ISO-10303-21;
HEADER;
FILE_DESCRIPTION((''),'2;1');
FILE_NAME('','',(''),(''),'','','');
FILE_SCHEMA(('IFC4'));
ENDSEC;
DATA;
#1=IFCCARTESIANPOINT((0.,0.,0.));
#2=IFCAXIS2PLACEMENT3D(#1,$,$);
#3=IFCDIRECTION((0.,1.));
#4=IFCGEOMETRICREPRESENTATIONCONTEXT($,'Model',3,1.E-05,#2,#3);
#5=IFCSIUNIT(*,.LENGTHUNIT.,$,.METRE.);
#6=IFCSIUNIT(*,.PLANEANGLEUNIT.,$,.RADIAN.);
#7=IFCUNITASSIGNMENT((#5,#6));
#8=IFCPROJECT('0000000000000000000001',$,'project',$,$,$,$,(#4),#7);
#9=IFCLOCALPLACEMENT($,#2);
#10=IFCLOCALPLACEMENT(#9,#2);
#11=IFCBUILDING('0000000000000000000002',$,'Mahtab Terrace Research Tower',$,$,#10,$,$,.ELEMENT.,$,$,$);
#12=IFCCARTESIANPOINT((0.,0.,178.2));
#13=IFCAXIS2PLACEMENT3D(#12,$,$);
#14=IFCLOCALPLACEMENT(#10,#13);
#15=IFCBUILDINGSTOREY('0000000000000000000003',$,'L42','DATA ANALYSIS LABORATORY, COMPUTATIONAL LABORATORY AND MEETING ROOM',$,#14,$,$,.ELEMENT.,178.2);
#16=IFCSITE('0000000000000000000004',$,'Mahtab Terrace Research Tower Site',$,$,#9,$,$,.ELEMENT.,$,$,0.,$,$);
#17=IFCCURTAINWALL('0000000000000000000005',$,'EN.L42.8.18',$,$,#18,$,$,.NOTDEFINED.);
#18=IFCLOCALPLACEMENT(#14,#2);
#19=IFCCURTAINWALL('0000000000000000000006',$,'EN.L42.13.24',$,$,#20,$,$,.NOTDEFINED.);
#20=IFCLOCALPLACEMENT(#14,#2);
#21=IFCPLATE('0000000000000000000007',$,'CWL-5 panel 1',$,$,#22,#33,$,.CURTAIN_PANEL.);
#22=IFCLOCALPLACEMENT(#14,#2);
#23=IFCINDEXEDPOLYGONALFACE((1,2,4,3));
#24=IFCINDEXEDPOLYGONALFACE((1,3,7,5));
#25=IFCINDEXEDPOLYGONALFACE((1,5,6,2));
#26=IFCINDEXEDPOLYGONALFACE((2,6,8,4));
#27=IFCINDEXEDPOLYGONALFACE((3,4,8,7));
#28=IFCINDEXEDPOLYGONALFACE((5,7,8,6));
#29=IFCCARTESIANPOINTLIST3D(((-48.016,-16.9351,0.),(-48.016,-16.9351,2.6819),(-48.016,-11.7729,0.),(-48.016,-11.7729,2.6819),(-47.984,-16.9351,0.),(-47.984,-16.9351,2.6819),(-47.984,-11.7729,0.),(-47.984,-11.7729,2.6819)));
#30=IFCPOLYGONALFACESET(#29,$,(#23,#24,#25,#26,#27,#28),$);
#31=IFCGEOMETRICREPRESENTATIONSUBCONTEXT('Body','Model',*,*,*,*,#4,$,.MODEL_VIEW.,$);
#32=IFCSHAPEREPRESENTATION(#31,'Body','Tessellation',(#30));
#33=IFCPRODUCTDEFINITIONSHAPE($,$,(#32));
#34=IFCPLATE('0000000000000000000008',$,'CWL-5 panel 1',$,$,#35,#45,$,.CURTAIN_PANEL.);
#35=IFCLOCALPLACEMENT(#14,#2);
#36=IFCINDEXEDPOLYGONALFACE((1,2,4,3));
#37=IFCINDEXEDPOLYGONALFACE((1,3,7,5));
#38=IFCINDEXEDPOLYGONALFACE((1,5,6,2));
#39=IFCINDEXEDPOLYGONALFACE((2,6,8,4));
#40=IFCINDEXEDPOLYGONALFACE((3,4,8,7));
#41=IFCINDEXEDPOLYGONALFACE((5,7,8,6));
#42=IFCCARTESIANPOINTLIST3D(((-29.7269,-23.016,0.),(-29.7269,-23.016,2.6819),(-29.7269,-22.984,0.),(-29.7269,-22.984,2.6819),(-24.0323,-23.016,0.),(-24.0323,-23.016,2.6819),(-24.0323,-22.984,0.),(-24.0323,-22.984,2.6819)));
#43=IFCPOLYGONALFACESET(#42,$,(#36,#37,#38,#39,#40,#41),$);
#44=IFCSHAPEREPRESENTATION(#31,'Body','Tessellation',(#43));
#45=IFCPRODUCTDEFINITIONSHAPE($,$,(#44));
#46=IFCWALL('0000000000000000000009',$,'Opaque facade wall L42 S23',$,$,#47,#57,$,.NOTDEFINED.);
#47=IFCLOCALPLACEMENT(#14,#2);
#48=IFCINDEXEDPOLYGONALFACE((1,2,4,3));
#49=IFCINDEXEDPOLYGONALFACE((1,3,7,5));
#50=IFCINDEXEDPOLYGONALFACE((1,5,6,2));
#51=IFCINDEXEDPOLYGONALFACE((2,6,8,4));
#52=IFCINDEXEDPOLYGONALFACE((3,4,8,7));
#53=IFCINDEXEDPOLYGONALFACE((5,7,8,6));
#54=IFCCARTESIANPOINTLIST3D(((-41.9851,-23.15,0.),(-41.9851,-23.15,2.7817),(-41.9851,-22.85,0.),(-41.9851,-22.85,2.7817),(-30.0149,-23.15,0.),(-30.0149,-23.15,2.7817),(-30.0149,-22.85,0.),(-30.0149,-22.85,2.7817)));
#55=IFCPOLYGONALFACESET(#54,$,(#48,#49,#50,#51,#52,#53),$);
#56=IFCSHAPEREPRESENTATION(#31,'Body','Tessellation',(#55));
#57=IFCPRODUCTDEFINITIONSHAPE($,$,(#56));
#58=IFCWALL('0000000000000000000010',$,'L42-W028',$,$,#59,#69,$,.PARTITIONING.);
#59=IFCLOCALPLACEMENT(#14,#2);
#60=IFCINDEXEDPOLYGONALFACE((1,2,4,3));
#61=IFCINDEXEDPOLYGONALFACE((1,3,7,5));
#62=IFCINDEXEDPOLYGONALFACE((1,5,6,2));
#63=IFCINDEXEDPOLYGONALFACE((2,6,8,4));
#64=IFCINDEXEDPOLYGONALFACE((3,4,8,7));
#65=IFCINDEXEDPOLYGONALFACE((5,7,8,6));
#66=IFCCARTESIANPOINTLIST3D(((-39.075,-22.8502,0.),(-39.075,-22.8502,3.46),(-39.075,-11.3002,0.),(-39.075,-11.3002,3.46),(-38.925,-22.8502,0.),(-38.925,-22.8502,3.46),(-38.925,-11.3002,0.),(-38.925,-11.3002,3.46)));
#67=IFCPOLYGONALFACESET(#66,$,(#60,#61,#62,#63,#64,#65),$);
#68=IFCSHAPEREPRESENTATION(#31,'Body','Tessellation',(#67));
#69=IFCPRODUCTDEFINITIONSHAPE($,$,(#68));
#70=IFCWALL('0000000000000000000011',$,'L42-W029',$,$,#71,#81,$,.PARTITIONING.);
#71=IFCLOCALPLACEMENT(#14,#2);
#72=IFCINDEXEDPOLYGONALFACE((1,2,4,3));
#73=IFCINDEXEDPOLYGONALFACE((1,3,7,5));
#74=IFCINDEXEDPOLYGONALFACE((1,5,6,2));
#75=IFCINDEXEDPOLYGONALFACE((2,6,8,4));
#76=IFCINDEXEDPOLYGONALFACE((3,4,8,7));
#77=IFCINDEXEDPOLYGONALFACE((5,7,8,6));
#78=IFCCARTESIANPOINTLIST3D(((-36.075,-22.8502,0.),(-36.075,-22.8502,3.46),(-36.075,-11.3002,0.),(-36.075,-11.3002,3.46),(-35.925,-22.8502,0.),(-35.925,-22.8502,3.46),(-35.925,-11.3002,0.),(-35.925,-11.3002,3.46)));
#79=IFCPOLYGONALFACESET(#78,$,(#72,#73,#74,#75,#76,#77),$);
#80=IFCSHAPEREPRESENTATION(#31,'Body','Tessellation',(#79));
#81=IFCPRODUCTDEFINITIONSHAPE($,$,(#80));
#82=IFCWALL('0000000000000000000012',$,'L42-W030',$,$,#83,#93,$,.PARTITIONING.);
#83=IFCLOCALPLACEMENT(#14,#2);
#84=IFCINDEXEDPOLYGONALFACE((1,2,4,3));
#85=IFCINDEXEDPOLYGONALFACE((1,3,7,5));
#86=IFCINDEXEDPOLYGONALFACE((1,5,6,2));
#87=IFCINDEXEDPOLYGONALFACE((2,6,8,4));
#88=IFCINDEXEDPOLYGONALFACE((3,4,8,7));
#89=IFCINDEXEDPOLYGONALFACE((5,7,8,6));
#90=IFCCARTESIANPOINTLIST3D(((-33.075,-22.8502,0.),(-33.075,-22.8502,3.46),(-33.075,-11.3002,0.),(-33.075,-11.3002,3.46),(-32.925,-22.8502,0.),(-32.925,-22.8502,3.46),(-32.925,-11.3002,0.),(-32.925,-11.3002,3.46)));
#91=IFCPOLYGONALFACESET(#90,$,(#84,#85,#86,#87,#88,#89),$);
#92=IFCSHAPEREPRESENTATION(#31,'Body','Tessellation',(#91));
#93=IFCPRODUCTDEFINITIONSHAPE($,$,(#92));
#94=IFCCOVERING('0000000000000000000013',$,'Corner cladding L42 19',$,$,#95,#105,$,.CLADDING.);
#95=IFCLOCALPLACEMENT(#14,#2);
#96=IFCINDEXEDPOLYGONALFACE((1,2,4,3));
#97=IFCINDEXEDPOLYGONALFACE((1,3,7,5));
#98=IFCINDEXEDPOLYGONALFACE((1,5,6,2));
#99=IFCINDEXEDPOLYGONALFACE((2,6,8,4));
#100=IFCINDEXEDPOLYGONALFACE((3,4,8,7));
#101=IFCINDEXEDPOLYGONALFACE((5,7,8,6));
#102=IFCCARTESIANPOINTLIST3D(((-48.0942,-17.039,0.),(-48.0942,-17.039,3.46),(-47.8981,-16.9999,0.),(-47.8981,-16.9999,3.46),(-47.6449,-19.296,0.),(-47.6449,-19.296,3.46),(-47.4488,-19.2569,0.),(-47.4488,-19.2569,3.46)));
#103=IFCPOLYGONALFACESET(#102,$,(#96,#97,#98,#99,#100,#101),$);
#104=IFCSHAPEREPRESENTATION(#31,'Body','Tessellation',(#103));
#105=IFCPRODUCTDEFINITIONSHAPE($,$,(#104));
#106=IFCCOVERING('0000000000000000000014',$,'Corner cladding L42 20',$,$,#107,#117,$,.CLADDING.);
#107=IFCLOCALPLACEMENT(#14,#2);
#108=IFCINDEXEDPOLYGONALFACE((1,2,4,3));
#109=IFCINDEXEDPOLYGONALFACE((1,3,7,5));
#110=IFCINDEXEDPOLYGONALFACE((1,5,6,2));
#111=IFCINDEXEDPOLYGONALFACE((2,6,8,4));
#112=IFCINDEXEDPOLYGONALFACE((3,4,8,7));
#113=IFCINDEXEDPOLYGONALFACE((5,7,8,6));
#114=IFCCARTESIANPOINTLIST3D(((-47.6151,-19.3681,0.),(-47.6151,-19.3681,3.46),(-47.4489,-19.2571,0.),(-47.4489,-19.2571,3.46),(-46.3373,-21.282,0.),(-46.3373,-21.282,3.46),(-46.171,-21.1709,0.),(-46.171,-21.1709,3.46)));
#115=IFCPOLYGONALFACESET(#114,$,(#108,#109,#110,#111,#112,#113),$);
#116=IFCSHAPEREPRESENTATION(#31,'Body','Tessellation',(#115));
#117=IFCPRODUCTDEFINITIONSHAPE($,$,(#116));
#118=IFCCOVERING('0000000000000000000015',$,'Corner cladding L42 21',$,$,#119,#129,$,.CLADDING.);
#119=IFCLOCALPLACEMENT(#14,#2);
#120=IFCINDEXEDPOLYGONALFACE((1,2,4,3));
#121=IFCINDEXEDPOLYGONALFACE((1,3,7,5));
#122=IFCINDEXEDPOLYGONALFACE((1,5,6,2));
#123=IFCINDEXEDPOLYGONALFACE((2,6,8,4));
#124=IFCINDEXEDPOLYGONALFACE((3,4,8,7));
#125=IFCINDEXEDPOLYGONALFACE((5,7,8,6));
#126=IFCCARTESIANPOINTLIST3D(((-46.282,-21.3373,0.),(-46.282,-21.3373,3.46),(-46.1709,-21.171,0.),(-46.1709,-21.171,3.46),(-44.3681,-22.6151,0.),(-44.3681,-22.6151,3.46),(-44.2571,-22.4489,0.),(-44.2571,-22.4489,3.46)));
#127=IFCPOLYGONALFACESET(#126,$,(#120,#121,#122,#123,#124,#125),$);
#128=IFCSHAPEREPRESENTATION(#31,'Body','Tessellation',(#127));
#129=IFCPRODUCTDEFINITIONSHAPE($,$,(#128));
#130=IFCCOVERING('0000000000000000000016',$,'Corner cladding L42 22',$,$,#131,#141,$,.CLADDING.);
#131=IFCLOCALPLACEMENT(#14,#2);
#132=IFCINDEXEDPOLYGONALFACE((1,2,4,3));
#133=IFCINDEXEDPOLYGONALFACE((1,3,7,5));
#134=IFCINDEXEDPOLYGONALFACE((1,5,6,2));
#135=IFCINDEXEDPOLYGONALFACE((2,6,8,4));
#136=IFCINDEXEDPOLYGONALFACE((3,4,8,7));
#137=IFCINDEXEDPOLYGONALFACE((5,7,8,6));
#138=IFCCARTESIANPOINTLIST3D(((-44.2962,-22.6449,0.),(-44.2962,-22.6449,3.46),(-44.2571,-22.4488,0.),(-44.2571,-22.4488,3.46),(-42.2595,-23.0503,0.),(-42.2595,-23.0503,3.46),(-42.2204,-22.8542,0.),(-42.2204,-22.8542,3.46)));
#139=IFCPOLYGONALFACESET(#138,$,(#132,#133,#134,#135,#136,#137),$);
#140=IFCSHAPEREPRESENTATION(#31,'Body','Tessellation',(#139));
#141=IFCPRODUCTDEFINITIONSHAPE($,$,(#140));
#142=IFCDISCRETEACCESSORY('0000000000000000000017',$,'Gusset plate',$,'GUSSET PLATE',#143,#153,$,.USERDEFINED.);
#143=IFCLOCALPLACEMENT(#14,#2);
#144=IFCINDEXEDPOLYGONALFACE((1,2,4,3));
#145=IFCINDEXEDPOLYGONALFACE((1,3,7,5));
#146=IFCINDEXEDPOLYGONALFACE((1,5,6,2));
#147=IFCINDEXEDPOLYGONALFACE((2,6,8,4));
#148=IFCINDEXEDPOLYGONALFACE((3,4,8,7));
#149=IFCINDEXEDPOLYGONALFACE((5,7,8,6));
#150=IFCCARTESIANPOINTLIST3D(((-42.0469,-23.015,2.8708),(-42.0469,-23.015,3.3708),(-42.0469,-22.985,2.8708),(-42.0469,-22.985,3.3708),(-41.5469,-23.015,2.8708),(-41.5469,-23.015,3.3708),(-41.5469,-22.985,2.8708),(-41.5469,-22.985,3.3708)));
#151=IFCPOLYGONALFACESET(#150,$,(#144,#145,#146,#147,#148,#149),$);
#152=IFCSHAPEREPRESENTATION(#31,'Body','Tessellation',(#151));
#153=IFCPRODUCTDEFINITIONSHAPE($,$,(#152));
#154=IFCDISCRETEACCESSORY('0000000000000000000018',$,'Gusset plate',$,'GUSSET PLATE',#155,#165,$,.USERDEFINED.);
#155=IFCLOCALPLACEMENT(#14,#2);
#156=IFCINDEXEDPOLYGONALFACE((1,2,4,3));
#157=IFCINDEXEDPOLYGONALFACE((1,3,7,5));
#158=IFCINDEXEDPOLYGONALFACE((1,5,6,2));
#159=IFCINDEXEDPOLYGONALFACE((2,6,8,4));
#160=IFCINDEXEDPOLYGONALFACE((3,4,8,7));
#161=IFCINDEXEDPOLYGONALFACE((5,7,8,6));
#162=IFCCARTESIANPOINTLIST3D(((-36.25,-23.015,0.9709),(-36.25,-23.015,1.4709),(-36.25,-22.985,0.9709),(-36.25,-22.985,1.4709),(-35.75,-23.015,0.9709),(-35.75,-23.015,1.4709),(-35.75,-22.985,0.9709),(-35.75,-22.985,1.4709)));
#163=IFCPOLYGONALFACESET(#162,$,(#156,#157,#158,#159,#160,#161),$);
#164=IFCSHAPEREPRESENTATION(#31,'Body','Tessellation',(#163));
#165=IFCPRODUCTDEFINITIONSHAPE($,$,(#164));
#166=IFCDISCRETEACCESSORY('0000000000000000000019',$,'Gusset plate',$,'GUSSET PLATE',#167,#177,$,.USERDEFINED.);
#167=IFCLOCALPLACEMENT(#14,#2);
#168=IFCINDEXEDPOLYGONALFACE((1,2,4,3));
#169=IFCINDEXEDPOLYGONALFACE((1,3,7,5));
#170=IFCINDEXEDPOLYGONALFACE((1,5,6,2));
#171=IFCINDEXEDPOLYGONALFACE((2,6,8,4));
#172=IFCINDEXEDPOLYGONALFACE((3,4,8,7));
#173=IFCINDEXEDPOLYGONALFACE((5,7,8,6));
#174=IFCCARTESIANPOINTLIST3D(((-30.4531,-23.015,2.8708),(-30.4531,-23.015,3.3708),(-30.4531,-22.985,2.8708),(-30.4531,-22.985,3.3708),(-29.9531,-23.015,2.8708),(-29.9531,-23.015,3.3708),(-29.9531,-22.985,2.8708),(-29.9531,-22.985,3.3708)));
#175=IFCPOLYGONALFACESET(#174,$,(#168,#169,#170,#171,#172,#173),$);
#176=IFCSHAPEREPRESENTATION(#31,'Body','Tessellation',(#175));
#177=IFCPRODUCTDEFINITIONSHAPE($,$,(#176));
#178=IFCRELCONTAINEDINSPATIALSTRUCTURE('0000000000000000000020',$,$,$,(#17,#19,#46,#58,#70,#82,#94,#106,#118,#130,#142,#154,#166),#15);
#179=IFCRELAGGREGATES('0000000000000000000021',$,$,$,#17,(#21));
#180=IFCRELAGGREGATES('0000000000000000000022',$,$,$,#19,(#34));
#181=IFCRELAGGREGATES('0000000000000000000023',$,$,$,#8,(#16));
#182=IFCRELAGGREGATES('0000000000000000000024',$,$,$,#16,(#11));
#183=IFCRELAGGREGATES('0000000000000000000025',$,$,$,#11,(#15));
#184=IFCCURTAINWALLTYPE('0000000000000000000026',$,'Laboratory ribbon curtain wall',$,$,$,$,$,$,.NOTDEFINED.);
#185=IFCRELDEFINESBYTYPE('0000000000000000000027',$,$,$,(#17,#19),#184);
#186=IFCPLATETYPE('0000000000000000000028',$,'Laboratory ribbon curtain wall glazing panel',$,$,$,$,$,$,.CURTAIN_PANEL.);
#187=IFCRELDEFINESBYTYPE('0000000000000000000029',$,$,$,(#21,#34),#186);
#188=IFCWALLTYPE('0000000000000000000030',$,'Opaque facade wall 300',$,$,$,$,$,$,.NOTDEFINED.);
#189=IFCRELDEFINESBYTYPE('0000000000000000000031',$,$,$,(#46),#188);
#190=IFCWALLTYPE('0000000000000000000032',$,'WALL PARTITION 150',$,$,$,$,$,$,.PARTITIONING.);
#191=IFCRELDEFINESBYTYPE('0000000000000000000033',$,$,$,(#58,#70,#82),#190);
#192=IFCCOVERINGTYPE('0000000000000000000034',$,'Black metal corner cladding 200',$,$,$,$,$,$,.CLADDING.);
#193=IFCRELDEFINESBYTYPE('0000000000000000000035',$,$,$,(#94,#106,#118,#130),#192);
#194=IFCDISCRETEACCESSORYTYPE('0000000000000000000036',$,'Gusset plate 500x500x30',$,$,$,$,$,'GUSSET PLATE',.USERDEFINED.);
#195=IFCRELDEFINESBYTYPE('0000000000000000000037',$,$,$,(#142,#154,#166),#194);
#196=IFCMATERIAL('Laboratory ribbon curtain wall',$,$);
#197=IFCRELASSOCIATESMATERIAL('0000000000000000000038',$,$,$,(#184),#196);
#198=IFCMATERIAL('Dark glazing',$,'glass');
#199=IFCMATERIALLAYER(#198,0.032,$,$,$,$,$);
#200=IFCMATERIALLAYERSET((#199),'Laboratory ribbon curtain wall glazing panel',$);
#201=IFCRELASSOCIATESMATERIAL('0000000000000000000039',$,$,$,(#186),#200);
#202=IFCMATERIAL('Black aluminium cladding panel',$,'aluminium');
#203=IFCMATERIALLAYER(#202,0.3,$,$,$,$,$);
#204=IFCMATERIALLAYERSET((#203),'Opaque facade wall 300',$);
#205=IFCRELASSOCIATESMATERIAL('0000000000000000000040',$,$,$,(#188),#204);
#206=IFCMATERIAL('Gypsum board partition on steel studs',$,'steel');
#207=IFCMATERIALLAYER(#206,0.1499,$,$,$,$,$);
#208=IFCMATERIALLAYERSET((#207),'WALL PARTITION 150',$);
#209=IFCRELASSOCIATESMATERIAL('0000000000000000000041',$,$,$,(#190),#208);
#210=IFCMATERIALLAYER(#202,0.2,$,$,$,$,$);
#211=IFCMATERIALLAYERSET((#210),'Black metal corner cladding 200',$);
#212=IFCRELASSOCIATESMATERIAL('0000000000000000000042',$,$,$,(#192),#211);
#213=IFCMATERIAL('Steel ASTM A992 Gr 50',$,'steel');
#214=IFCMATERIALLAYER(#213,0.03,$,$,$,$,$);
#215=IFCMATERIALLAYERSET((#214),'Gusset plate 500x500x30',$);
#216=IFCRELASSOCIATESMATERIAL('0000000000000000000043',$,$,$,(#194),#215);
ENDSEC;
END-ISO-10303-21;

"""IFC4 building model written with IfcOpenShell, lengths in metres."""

from ifc_helpers import new_model, si_unit, direction, frame, frame_2d, origin, origin_2d, place, context, subcontext, project, spatial, rectangle, extrude, material, layer, layer_set, type_object, element, aggregate, save


model = new_model("IFC4")

# Units and contexts
model_context = context("Model", 3, precision=1e-05, world=origin(), true_north=direction((0.0, 1.0)))
body_context = subcontext(model_context, "Body", "Model", "MODEL_VIEW")
ifc_project = project(units=[si_unit("LENGTHUNIT", "METRE"), si_unit("PLANEANGLEUNIT", "RADIAN")], contexts=[model_context])

# Site, building, storey
site_placement = place(None, origin())
site = spatial("IfcSite", under=ifc_project, at=site_placement, Name="Mahtab Terrace Research Tower Site", CompositionType="ELEMENT", RefElevation=0.0)
building_placement = place(site_placement, origin())
building = spatial("IfcBuilding", under=site, at=building_placement, Name="Mahtab Terrace Research Tower", CompositionType="ELEMENT")
storey_placement = place(building_placement, frame((0.0, 0.0, 178.2)))
storey = spatial("IfcBuildingStorey", under=building, at=storey_placement, Name="L42", Description="DATA ANALYSIS LABORATORY, COMPUTATIONAL LABORATORY AND MEETING ROOM", CompositionType="ELEMENT", Elevation=178.2)

# Shared definitions
ifc_material_1 = material(Name="Steel ASTM A992 Gr 50", Category="steel")

# Curtain walls
ifc_material_2 = material(Name="Laboratory ribbon curtain wall")
curtain_wall_type = type_object("IfcCurtainWallType", Name="Laboratory ribbon curtain wall", PredefinedType="NOTDEFINED", material=ifc_material_2)
curtain_wall_1_placement = place(storey_placement, origin())
curtain_wall_1 = element("IfcCurtainWall", 1, at=curtain_wall_1_placement, inside=storey, type_object=curtain_wall_type, Name="EN.L42.8.18", PredefinedType="NOTDEFINED")
curtain_wall_2_placement = place(storey_placement, origin())
curtain_wall_2 = element("IfcCurtainWall", 2, at=curtain_wall_2_placement, inside=storey, type_object=curtain_wall_type, Name="EN.L42.13.24", PredefinedType="NOTDEFINED")

# Plates
ifc_material_3 = material(Name="Dark glazing", Category="glass")
ifc_layer_1 = layer(ifc_material_3, 0.032)
ifc_layer_set_1 = layer_set([ifc_layer_1], Name="Laboratory ribbon curtain wall glazing panel")
plate_type = type_object("IfcPlateType", Name="Laboratory ribbon curtain wall glazing panel", PredefinedType="CURTAIN_PANEL", material=ifc_layer_set_1)
plate_1_placement = place(storey_placement, frame((-48.0, -14.354, 0.0), z_axis=(0.0, 0.0, 1.0), x_axis=(0.0, -1.0, 0.0)))
plate_1 = element("IfcPlate", 3, at=plate_1_placement, type_object=plate_type, Name="CWL-5 panel 1", PredefinedType="CURTAIN_PANEL", context=body_context, shape_type="SweptSolid", body=[
    extrude(rectangle(XDim=5.1621, YDim=0.032, at=origin_2d()), origin(), (0.0, 0.0, 1.0), 2.6819),
])
aggregate(curtain_wall_1, [plate_1])
plate_2_placement = place(storey_placement, frame((-26.8796, -23.0, 0.0), z_axis=(0.0, 0.0, 1.0), x_axis=(1.0, 0.0, 0.0)))
plate_2 = element("IfcPlate", 4, at=plate_2_placement, type_object=plate_type, Name="CWL-5 panel 1", PredefinedType="CURTAIN_PANEL", context=body_context, shape_type="SweptSolid", body=[
    extrude(rectangle(XDim=5.6946, YDim=0.032, at=origin_2d()), origin(), (0.0, 0.0, 1.0), 2.6819),
])
aggregate(curtain_wall_2, [plate_2])

# Walls
ifc_material_4 = material(Name="Black aluminium cladding panel", Category="aluminium")
ifc_layer_2 = layer(ifc_material_4, 0.3)
ifc_layer_set_2 = layer_set([ifc_layer_2], Name="Opaque facade wall 300")
wall_type_1 = type_object("IfcWallType", Name="Opaque facade wall 300", PredefinedType="NOTDEFINED", material=ifc_layer_set_2)
wall_placement = place(storey_placement, frame((-41.9851, -23.0, 0.0), z_axis=(0.0, 0.0, 1.0), x_axis=(1.0, 0.0, 0.0)))
element("IfcWall", 5, at=wall_placement, inside=storey, type_object=wall_type_1, Name="Opaque facade wall L42 S23", PredefinedType="NOTDEFINED", context=body_context, shape_type="SweptSolid", body=[
    extrude(rectangle(XDim=11.9702, YDim=0.3, at=frame_2d((5.9851, 0.0))), origin(), (0.0, 0.0, 1.0), 2.7817),
])
ifc_material_5 = material(Name="Gypsum board partition on steel studs", Category="steel")
ifc_layer_3 = layer(ifc_material_5, 0.1499)
ifc_layer_set_3 = layer_set([ifc_layer_3], Name="WALL PARTITION 150")
wall_type_2 = type_object("IfcWallType", Name="WALL PARTITION 150", PredefinedType="PARTITIONING", material=ifc_layer_set_3)
for number, where, z_axis, x_axis, name in (
    (6, (-39.0, -22.8501, 0.0), (0.0, 0.0, 1.0), (0.0, 1.0, 0.0), "L42-W028"),
    (7, (-36.0, -22.8501, 0.0), (0.0, 0.0, 1.0), (0.0, 1.0, 0.0), "L42-W029"),
    (8, (-33.0, -22.8501, 0.0), (0.0, 0.0, 1.0), (0.0, 1.0, 0.0), "L42-W030"),
):
    element("IfcWall", number, at=place(storey_placement, frame(where, z_axis=z_axis, x_axis=x_axis)), inside=storey, type_object=wall_type_2, Name=name, PredefinedType="PARTITIONING", context=body_context, shape_type="SweptSolid", body=[
        extrude(rectangle(XDim=11.55, YDim=0.1499, at=frame_2d((5.7749, 0.0))), origin(), (0.0, 0.0, 1.0), 3.46),
    ])

# Coverings
ifc_layer_4 = layer(ifc_material_4, 0.2)
ifc_layer_set_4 = layer_set([ifc_layer_4], Name="Black metal corner cladding 200")
covering_type = type_object("IfcCoveringType", Name="Black metal corner cladding 200", PredefinedType="CLADDING", material=ifc_layer_set_4)
for number, where, z_axis, x_axis, name in (
    (9, (-47.7715, -18.1479, 0.0), (0.0, 0.0, 1.0), (0.195212, -0.980761, 0.0), "Corner cladding L42 19"),
    (10, (-46.8931, -20.2695, 0.0), (0.0, 0.0, 1.0), (0.555291, -0.831656, 0.0), "Corner cladding L42 20"),
    (11, (-45.2695, -21.8931, 0.0), (0.0, 0.0, 1.0), (0.831656, -0.555291, 0.0), "Corner cladding L42 21"),
):
    element("IfcCovering", number, at=place(storey_placement, frame(where, z_axis=z_axis, x_axis=x_axis)), inside=storey, type_object=covering_type, Name=name, PredefinedType="CLADDING", context=body_context, shape_type="SweptSolid", body=[
        extrude(rectangle(XDim=2.3013, YDim=0.2, at=origin_2d()), origin(), (0.0, 0.0, 1.0), 3.46),
    ])
covering_placement = place(storey_placement, frame((-43.2583, -22.7495, 0.0), z_axis=(0.0, 0.0, 1.0), x_axis=(0.980761, -0.195212, 0.0)))
element("IfcCovering", 12, at=covering_placement, inside=storey, type_object=covering_type, Name="Corner cladding L42 22", PredefinedType="CLADDING", context=body_context, shape_type="SweptSolid", body=[
    extrude(rectangle(XDim=2.0767, YDim=0.2, at=origin_2d()), origin(), (0.0, 0.0, 1.0), 3.46),
])

# Discrete accessories
ifc_layer_5 = layer(ifc_material_1, 0.03)
ifc_layer_set_5 = layer_set([ifc_layer_5], Name="Gusset plate 500x500x30")
discrete_accessory_type = type_object("IfcDiscreteAccessoryType", Name="Gusset plate 500x500x30", ElementType="GUSSET PLATE", PredefinedType="USERDEFINED", material=ifc_layer_set_5)
for number, where, z_axis, x_axis, name in (
    (13, (-41.7969, -23.0, 2.8708), (0.0, 0.0, 1.0), (1.0, 0.0, 0.0), "Gusset plate"),
    (14, (-36.0, -23.0, 0.9709), (0.0, 0.0, 1.0), (1.0, 0.0, 0.0), "Gusset plate"),
    (15, (-30.2031, -23.0, 2.8708), (0.0, 0.0, 1.0), (1.0, 0.0, 0.0), "Gusset plate"),
):
    element("IfcDiscreteAccessory", number, at=place(storey_placement, frame(where, z_axis=z_axis, x_axis=x_axis)), inside=storey, type_object=discrete_accessory_type, Name=name, ObjectType="GUSSET PLATE", PredefinedType="USERDEFINED", context=body_context, shape_type="SweptSolid", body=[
        extrude(rectangle(XDim=0.5, YDim=0.03, at=origin_2d()), origin(), (0.0, 0.0, 1.0), 0.5),
    ])

save(model, "model.ifc")
